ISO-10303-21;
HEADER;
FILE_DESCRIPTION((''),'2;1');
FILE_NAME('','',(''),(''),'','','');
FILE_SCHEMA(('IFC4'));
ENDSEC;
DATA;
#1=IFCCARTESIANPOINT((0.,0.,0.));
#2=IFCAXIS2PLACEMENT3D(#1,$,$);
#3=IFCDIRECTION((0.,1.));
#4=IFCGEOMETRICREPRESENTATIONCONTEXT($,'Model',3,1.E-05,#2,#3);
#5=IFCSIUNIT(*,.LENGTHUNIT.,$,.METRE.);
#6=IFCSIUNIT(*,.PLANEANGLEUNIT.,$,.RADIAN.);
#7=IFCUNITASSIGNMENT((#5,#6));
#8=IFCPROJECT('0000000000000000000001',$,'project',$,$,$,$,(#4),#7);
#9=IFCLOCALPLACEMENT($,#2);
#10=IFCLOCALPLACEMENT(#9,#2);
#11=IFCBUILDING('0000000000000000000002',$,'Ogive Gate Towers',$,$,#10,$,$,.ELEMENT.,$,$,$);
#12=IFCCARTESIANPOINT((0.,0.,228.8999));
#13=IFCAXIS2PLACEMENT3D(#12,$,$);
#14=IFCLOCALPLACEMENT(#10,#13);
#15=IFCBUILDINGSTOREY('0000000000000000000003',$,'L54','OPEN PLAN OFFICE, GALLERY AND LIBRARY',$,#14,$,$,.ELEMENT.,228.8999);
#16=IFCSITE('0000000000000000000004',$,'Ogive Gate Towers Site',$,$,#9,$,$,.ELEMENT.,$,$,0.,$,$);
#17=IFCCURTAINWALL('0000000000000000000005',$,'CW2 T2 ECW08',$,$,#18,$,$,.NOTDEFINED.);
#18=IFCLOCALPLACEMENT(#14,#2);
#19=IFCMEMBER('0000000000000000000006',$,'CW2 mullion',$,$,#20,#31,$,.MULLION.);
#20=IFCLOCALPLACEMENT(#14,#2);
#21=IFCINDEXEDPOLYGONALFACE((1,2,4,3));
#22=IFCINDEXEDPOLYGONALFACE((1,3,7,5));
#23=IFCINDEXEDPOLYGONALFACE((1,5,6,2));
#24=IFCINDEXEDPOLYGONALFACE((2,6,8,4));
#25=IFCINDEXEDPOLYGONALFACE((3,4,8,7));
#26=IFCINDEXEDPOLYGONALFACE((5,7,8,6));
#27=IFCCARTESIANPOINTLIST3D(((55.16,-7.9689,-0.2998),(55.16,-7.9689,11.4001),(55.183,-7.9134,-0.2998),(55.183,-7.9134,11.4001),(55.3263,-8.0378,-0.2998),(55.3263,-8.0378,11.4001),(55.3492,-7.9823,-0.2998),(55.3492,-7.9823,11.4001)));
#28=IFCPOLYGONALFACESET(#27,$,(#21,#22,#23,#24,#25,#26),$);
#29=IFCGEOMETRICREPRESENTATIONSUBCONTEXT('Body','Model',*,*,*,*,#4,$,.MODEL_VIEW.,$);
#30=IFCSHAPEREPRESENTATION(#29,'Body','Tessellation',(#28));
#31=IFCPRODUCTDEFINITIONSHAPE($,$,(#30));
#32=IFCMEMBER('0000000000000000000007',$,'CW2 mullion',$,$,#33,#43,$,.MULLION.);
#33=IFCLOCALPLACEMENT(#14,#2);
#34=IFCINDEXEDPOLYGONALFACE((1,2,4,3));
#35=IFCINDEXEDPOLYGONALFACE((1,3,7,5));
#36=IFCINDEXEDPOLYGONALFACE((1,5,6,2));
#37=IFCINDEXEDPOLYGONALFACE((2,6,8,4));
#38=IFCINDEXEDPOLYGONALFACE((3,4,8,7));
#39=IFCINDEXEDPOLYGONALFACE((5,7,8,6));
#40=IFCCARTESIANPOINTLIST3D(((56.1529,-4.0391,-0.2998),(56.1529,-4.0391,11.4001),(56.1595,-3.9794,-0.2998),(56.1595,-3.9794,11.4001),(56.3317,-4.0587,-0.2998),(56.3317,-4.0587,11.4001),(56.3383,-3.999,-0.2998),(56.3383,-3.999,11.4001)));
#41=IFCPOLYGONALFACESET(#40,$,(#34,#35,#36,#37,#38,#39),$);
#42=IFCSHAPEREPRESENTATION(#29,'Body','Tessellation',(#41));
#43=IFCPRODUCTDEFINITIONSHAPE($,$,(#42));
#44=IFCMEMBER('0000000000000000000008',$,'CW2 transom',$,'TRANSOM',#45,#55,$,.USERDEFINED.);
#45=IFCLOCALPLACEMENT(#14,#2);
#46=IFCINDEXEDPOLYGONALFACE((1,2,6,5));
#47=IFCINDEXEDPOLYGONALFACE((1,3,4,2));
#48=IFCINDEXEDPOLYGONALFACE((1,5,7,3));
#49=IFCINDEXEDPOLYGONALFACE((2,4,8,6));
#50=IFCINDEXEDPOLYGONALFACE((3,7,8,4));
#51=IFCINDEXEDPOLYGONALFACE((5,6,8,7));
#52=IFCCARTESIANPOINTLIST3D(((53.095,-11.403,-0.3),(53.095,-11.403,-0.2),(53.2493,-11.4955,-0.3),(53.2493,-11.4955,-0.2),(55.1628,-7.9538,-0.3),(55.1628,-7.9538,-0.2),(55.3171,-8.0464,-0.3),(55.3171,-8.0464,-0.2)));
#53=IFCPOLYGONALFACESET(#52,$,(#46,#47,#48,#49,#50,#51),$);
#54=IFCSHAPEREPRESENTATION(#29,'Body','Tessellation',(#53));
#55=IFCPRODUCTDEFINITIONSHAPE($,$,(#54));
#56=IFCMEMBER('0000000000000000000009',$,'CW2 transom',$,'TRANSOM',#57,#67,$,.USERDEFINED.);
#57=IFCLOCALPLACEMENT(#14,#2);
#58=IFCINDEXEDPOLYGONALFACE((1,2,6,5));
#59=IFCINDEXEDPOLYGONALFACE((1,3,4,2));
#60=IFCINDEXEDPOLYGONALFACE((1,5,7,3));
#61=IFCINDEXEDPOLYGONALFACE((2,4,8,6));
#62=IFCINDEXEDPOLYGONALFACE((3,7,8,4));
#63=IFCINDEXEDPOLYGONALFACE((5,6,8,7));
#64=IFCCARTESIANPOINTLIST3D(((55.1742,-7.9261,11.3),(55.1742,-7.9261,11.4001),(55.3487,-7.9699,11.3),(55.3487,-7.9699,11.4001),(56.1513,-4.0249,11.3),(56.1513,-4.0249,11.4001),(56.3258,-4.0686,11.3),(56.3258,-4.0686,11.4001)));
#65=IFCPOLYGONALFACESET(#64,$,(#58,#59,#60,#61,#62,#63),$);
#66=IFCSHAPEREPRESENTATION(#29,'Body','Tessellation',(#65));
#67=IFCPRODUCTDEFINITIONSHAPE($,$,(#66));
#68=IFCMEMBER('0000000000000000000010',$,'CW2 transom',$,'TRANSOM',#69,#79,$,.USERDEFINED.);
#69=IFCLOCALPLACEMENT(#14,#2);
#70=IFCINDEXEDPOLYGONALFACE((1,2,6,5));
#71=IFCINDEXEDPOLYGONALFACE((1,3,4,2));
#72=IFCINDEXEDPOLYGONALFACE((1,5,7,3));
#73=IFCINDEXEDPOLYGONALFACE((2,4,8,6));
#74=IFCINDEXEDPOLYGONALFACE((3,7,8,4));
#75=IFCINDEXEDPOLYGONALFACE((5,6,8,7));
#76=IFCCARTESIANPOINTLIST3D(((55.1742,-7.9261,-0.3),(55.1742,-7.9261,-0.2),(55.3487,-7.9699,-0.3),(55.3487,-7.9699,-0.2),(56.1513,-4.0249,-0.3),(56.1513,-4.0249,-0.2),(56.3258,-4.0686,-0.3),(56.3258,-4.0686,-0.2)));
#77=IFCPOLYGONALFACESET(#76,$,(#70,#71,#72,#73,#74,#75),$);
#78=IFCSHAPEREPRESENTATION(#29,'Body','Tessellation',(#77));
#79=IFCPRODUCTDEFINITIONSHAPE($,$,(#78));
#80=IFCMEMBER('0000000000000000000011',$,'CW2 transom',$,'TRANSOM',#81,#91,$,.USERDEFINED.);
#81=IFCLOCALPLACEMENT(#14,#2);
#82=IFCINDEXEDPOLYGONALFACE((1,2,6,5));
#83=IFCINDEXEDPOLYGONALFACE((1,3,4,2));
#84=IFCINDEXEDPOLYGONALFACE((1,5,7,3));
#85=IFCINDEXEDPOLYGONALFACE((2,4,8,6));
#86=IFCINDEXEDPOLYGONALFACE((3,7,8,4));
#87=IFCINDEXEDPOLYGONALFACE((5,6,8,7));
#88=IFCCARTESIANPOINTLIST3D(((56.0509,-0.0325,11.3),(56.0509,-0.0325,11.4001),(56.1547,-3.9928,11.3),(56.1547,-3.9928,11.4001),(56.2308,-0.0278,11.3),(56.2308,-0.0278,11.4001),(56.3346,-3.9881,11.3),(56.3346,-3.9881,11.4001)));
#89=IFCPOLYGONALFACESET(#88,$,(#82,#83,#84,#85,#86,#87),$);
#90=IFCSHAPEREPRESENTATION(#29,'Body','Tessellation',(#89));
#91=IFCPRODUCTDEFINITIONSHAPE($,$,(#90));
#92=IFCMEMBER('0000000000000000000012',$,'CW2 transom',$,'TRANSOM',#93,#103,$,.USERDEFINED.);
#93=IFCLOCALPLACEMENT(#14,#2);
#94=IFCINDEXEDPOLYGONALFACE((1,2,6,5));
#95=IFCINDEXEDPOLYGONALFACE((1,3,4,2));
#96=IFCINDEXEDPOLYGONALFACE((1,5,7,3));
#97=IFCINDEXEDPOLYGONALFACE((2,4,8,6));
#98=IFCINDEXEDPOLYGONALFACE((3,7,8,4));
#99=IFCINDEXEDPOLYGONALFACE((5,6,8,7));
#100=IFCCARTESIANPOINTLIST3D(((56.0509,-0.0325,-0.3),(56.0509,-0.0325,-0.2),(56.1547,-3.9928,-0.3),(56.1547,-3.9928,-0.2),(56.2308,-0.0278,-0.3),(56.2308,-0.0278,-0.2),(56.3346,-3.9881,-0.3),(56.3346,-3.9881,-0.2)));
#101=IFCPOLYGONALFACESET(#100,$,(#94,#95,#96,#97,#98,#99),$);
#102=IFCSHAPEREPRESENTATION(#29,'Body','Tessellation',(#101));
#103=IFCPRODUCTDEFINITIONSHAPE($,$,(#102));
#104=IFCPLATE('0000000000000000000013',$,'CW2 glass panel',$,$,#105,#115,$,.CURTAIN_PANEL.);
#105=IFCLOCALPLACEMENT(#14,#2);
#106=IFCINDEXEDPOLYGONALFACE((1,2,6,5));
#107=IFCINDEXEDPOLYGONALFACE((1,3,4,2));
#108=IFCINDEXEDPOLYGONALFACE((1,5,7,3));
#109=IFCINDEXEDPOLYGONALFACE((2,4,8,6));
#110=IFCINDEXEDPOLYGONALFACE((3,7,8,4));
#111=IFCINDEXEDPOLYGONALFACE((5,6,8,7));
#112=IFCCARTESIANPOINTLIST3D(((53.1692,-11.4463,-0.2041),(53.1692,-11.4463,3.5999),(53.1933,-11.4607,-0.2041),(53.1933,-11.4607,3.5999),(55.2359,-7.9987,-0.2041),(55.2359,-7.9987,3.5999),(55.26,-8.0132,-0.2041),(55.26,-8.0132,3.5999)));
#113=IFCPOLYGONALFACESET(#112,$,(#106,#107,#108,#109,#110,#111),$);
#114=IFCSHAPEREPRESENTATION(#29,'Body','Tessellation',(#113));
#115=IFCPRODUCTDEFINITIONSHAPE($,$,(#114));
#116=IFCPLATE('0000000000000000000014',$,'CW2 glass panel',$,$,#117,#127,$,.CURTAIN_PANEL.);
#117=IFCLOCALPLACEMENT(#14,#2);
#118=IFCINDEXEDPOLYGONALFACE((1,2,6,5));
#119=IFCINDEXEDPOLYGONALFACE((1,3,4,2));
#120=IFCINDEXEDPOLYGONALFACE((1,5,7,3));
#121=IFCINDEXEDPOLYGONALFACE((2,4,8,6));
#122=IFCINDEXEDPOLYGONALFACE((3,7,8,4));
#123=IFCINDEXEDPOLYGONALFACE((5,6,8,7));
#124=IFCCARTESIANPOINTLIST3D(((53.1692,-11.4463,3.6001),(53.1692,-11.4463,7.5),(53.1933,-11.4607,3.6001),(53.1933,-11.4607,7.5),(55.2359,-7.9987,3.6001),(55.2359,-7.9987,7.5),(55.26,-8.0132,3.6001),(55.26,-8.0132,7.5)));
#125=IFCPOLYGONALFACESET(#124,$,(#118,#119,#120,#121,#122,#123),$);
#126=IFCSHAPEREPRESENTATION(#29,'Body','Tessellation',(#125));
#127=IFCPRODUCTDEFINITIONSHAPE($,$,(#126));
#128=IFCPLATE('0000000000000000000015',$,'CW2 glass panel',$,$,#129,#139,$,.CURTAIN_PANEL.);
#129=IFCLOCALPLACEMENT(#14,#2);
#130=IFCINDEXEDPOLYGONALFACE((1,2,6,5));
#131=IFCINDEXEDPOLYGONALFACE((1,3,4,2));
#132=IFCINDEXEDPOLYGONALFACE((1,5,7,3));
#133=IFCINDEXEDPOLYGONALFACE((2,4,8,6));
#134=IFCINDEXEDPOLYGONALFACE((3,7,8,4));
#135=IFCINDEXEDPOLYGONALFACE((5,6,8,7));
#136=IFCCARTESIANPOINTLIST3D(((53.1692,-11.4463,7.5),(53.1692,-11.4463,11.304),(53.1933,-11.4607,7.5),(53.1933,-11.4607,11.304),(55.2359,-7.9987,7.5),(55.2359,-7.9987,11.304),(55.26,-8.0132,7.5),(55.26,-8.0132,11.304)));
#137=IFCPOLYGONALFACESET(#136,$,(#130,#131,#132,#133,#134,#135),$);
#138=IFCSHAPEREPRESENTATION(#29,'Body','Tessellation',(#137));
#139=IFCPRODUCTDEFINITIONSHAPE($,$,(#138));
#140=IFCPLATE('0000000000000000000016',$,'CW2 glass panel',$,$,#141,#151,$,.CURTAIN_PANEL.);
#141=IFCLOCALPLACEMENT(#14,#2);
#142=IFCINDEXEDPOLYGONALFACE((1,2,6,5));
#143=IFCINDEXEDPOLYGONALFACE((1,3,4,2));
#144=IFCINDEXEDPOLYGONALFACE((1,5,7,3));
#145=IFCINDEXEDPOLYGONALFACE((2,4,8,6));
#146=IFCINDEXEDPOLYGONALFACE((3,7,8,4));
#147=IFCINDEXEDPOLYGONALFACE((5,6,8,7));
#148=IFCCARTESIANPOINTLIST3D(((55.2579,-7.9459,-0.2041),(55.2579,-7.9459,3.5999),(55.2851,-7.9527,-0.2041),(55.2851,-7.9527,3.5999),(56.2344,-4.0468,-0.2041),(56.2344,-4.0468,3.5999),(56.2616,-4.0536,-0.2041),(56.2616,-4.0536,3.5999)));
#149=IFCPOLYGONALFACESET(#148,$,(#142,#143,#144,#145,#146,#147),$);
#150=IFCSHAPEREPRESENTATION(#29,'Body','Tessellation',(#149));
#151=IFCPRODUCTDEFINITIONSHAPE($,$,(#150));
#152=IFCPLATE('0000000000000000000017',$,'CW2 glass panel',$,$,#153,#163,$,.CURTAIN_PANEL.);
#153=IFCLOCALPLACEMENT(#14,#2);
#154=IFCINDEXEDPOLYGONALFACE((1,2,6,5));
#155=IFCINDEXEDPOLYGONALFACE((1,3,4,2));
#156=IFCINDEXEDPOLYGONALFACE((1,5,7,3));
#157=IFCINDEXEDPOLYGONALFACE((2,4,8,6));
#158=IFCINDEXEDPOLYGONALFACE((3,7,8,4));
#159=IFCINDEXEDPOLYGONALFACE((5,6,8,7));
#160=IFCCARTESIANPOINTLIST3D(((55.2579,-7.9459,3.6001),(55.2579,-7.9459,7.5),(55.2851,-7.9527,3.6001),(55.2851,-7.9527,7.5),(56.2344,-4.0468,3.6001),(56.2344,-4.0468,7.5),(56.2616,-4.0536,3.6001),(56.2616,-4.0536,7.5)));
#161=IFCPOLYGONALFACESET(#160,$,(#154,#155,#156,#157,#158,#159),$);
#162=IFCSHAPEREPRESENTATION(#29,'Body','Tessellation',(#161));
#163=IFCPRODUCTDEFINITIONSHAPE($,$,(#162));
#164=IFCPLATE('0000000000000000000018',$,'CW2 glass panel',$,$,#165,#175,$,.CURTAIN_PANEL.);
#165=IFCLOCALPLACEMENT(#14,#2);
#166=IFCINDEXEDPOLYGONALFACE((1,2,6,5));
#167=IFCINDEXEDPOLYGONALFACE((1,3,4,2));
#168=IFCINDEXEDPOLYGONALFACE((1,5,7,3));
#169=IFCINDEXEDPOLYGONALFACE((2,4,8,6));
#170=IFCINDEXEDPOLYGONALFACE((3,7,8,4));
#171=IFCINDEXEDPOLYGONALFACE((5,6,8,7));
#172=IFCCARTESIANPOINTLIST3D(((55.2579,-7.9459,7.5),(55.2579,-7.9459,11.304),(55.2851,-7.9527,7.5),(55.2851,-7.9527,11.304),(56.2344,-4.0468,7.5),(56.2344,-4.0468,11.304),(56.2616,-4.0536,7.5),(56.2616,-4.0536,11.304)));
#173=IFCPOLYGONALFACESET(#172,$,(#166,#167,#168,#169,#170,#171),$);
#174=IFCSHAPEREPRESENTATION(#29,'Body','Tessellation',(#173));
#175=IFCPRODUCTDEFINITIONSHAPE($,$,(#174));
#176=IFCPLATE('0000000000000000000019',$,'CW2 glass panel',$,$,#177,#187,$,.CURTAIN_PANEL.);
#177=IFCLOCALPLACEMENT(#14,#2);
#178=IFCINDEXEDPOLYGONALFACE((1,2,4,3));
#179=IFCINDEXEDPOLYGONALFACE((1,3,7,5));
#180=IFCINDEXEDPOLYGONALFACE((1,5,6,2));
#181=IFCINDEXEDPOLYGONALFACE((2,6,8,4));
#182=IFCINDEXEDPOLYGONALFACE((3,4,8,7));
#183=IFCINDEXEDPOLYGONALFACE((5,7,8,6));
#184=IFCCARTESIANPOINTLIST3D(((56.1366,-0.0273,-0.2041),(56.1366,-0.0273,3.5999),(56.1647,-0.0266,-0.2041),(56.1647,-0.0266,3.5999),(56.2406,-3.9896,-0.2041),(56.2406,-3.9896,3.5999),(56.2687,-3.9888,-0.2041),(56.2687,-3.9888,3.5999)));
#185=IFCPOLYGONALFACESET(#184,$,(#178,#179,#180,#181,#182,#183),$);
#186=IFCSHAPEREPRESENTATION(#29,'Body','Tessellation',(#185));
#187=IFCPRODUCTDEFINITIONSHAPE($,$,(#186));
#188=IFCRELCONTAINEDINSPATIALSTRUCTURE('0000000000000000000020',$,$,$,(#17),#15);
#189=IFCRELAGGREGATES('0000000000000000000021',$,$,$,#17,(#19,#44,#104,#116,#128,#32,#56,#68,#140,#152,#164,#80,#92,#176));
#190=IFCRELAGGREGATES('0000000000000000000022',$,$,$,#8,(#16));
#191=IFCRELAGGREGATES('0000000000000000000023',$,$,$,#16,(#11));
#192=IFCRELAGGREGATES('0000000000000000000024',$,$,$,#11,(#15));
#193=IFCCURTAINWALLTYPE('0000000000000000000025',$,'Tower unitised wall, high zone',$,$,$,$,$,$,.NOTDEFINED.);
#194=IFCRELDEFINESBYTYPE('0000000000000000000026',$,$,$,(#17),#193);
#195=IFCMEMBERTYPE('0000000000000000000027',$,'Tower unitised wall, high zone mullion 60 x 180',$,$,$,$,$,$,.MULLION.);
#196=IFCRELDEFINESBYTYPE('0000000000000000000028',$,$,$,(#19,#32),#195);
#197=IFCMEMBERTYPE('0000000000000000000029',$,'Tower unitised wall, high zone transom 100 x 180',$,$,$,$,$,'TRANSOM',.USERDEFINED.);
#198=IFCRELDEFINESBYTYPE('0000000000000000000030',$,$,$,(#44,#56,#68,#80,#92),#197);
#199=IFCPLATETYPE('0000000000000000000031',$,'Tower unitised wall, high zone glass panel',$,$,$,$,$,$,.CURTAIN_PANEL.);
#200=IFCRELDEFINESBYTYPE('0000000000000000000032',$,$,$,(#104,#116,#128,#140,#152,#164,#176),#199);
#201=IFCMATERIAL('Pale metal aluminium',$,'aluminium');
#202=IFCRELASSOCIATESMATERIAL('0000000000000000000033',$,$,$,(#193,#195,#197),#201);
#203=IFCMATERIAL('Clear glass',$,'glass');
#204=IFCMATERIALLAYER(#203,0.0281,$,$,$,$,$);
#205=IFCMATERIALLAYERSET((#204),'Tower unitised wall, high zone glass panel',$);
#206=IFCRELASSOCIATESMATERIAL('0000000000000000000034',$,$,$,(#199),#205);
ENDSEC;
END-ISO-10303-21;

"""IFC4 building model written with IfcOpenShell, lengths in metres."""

from ifc_helpers import new_model, si_unit, direction, frame, origin, origin_2d, place, context, subcontext, project, spatial, rectangle, extrude, material, layer, layer_set, material_profile, profile_set, type_object, element, aggregate, save


model = new_model("IFC4")

# Units and contexts
model_context = context("Model", 3, precision=1e-05, world=origin(), true_north=direction((0.0, 1.0)))
body_context = subcontext(model_context, "Body", "Model", "MODEL_VIEW")
ifc_project = project(units=[si_unit("LENGTHUNIT", "METRE"), si_unit("PLANEANGLEUNIT", "RADIAN")], contexts=[model_context])

# Site, building, storey
site_placement = place(None, origin())
site = spatial("IfcSite", under=ifc_project, at=site_placement, Name="Ogive Gate Towers Site", CompositionType="ELEMENT", RefElevation=0.0)
building_placement = place(site_placement, origin())
building = spatial("IfcBuilding", under=site, at=building_placement, Name="Ogive Gate Towers", CompositionType="ELEMENT")
storey_placement = place(building_placement, frame((0.0, 0.0, 228.8999)))
storey = spatial("IfcBuildingStorey", under=building, at=storey_placement, Name="L54", Description="OPEN PLAN OFFICE, GALLERY AND LIBRARY", CompositionType="ELEMENT", Elevation=228.8999)

# Curtain wall, members, plates
ifc_material_1 = material(Name="Pale metal aluminium", Category="aluminium")
curtain_wall_type = type_object("IfcCurtainWallType", Name="Tower unitised wall, high zone", PredefinedType="NOTDEFINED", material=ifc_material_1)
curtain_wall_placement = place(storey_placement, origin())
curtain_wall = element("IfcCurtainWall", 1, at=curtain_wall_placement, inside=storey, type_object=curtain_wall_type, Name="CW2 T2 ECW08", PredefinedType="NOTDEFINED")
ifc_material_profile_1 = material_profile(ifc_material_1, rectangle(XDim=0.1799, YDim=0.0601, at=origin_2d()), Name="60 x 180 aluminium box")
ifc_profile_set_1 = profile_set([ifc_material_profile_1], Name="Pale metal aluminium")
member_type_1 = type_object("IfcMemberType", Name="Tower unitised wall, high zone mullion 60 x 180", PredefinedType="MULLION", material=ifc_profile_set_1)
member_1_placement = place(storey_placement, frame((55.2546, -7.9756, -0.2998), z_axis=(0.0, 0.0, 1.0), x_axis=(0.923873, -0.3827, 0.0)))
member_1 = element("IfcMember", 2, at=member_1_placement, type_object=member_type_1, Name="CW2 mullion", PredefinedType="MULLION", context=body_context, shape_type="SweptSolid", body=[
    extrude(rectangle(XDim=0.1799, YDim=0.0601, at=origin_2d()), origin(), (0.0, 0.0, 1.0), 11.7),
])
member_2_placement = place(storey_placement, frame((56.2456, -4.019, -0.2998), z_axis=(0.0, 0.0, 1.0), x_axis=(0.994001, -0.10937, 0.0)))
member_2 = element("IfcMember", 3, at=member_2_placement, type_object=member_type_1, Name="CW2 mullion", PredefinedType="MULLION", context=body_context, shape_type="SweptSolid", body=[
    extrude(rectangle(XDim=0.1799, YDim=0.0601, at=origin_2d()), origin(), (0.0, 0.0, 1.0), 11.7),
])
ifc_material_profile_2 = material_profile(ifc_material_1, rectangle(XDim=0.1799, YDim=0.1001, at=origin_2d()), Name="100 x 180 aluminium box")
ifc_profile_set_2 = profile_set([ifc_material_profile_2], Name="Pale metal aluminium")
member_type_2 = type_object("IfcMemberType", Name="Tower unitised wall, high zone transom 100 x 180", ElementType="TRANSOM", PredefinedType="USERDEFINED", material=ifc_profile_set_2)
member_3_placement = place(storey_placement, frame((53.1721, -11.4492, -0.25), z_axis=(0.514192, 0.857675, 0.0), x_axis=(-0.857675, 0.514192, 0.0)))
member_3 = element("IfcMember", 4, at=member_3_placement, type_object=member_type_2, Name="CW2 transom", ObjectType="TRANSOM", PredefinedType="USERDEFINED", context=body_context, shape_type="SweptSolid", body=[
    extrude(rectangle(XDim=0.1799, YDim=0.1001, at=origin_2d()), origin(), (0.0, 0.0, 1.0), 4.0215),
])
member_4_placement = place(storey_placement, frame((55.2615, -7.948, 11.3501), z_axis=(0.24295, 0.970039, 0.0), x_axis=(-0.970039, 0.24295, 0.0)))
member_4 = element("IfcMember", 5, at=member_4_placement, type_object=member_type_2, Name="CW2 transom", ObjectType="TRANSOM", PredefinedType="USERDEFINED", context=body_context, shape_type="SweptSolid", body=[
    extrude(rectangle(XDim=0.1799, YDim=0.1001, at=origin_2d()), origin(), (0.0, 0.0, 1.0), 4.0217),
])
member_5_placement = place(storey_placement, frame((55.2615, -7.948, -0.25), z_axis=(0.24295, 0.970039, 0.0), x_axis=(-0.970039, 0.24295, 0.0)))
member_5 = element("IfcMember", 6, at=member_5_placement, type_object=member_type_2, Name="CW2 transom", ObjectType="TRANSOM", PredefinedType="USERDEFINED", context=body_context, shape_type="SweptSolid", body=[
    extrude(rectangle(XDim=0.1799, YDim=0.1001, at=origin_2d()), origin(), (0.0, 0.0, 1.0), 4.0217),
])
member_6_placement = place(storey_placement, frame((56.2446, -3.9905, 11.3501), z_axis=(-0.026192, 0.999657, 0.0), x_axis=(-0.999657, -0.026192, 0.0)))
member_6 = element("IfcMember", 7, at=member_6_placement, type_object=member_type_2, Name="CW2 transom", ObjectType="TRANSOM", PredefinedType="USERDEFINED", context=body_context, shape_type="SweptSolid", body=[
    extrude(rectangle(XDim=0.1799, YDim=0.1001, at=origin_2d()), origin(), (0.0, 0.0, 1.0), 3.9617),
])
member_7_placement = place(storey_placement, frame((56.2446, -3.9905, -0.25), z_axis=(-0.026192, 0.999657, 0.0), x_axis=(-0.999657, -0.026192, 0.0)))
member_7 = element("IfcMember", 8, at=member_7_placement, type_object=member_type_2, Name="CW2 transom", ObjectType="TRANSOM", PredefinedType="USERDEFINED", context=body_context, shape_type="SweptSolid", body=[
    extrude(rectangle(XDim=0.1799, YDim=0.1001, at=origin_2d()), origin(), (0.0, 0.0, 1.0), 3.9617),
])
ifc_material_2 = material(Name="Clear glass", Category="glass")
ifc_layer_1 = layer(ifc_material_2, 0.0281)
ifc_layer_set_1 = layer_set([ifc_layer_1], Name="Tower unitised wall, high zone glass panel")
plate_type = type_object("IfcPlateType", Name="Tower unitised wall, high zone glass panel", PredefinedType="CURTAIN_PANEL", material=ifc_layer_set_1)
plate_1_placement = place(storey_placement, frame((54.2146, -9.7297, -0.2041), z_axis=(0.0, 0.0, 1.0), x_axis=(0.514155, 0.857697, 0.0)))
plate_1 = element("IfcPlate", 9, at=plate_1_placement, type_object=plate_type, Name="CW2 glass panel", PredefinedType="CURTAIN_PANEL", context=body_context, shape_type="SweptSolid", body=[
    extrude(rectangle(XDim=4.0195, YDim=0.0281, at=origin_2d()), origin(), (0.0, 0.0, 1.0), 3.804),
])
plate_2_placement = place(storey_placement, frame((54.2146, -9.7297, 3.6001), z_axis=(0.0, 0.0, 1.0), x_axis=(0.514155, 0.857697, 0.0)))
plate_2 = element("IfcPlate", 10, at=plate_2_placement, type_object=plate_type, Name="CW2 glass panel", PredefinedType="CURTAIN_PANEL", context=body_context, shape_type="SweptSolid", body=[
    extrude(rectangle(XDim=4.0195, YDim=0.0281, at=origin_2d()), origin(), (0.0, 0.0, 1.0), 3.8999),
])
plate_3_placement = place(storey_placement, frame((54.2146, -9.7297, 7.5), z_axis=(0.0, 0.0, 1.0), x_axis=(0.514155, 0.857697, 0.0)))
plate_3 = element("IfcPlate", 11, at=plate_3_placement, type_object=plate_type, Name="CW2 glass panel", PredefinedType="CURTAIN_PANEL", context=body_context, shape_type="SweptSolid", body=[
    extrude(rectangle(XDim=4.0195, YDim=0.0281, at=origin_2d()), origin(), (0.0, 0.0, 1.0), 3.804),
])
plate_4_placement = place(storey_placement, frame((55.7598, -5.9998, -0.2041), z_axis=(0.0, 0.0, 1.0), x_axis=(0.242938, 0.970042, 0.0)))
plate_4 = element("IfcPlate", 12, at=plate_4_placement, type_object=plate_type, Name="CW2 glass panel", PredefinedType="CURTAIN_PANEL", context=body_context, shape_type="SweptSolid", body=[
    extrude(rectangle(XDim=4.0195, YDim=0.0281, at=origin_2d()), origin(), (0.0, 0.0, 1.0), 3.804),
])
plate_5_placement = place(storey_placement, frame((55.7598, -5.9998, 3.6001), z_axis=(0.0, 0.0, 1.0), x_axis=(0.242938, 0.970042, 0.0)))
plate_5 = element("IfcPlate", 13, at=plate_5_placement, type_object=plate_type, Name="CW2 glass panel", PredefinedType="CURTAIN_PANEL", context=body_context, shape_type="SweptSolid", body=[
    extrude(rectangle(XDim=4.0195, YDim=0.0281, at=origin_2d()), origin(), (0.0, 0.0, 1.0), 3.8999),
])
plate_6_placement = place(storey_placement, frame((55.7598, -5.9998, 7.5), z_axis=(0.0, 0.0, 1.0), x_axis=(0.242938, 0.970042, 0.0)))
plate_6 = element("IfcPlate", 14, at=plate_6_placement, type_object=plate_type, Name="CW2 glass panel", PredefinedType="CURTAIN_PANEL", context=body_context, shape_type="SweptSolid", body=[
    extrude(rectangle(XDim=4.0195, YDim=0.0281, at=origin_2d()), origin(), (0.0, 0.0, 1.0), 3.804),
])
plate_7_placement = place(storey_placement, frame((56.2026, -2.0081, -0.2041), z_axis=(0.0, 0.0, 1.0), x_axis=(-0.026229, 0.999656, 0.0)))
plate_7 = element("IfcPlate", 15, at=plate_7_placement, type_object=plate_type, Name="CW2 glass panel", PredefinedType="CURTAIN_PANEL", context=body_context, shape_type="SweptSolid", body=[
    extrude(rectangle(XDim=3.9636, YDim=0.0281, at=origin_2d()), origin(), (0.0, 0.0, 1.0), 3.804),
])
aggregate(curtain_wall, [member_1, member_3, plate_1, plate_2, plate_3, member_2, member_4, member_5, plate_4, plate_5, plate_6, member_6, member_7, plate_7])

save(model, "model.ifc")
